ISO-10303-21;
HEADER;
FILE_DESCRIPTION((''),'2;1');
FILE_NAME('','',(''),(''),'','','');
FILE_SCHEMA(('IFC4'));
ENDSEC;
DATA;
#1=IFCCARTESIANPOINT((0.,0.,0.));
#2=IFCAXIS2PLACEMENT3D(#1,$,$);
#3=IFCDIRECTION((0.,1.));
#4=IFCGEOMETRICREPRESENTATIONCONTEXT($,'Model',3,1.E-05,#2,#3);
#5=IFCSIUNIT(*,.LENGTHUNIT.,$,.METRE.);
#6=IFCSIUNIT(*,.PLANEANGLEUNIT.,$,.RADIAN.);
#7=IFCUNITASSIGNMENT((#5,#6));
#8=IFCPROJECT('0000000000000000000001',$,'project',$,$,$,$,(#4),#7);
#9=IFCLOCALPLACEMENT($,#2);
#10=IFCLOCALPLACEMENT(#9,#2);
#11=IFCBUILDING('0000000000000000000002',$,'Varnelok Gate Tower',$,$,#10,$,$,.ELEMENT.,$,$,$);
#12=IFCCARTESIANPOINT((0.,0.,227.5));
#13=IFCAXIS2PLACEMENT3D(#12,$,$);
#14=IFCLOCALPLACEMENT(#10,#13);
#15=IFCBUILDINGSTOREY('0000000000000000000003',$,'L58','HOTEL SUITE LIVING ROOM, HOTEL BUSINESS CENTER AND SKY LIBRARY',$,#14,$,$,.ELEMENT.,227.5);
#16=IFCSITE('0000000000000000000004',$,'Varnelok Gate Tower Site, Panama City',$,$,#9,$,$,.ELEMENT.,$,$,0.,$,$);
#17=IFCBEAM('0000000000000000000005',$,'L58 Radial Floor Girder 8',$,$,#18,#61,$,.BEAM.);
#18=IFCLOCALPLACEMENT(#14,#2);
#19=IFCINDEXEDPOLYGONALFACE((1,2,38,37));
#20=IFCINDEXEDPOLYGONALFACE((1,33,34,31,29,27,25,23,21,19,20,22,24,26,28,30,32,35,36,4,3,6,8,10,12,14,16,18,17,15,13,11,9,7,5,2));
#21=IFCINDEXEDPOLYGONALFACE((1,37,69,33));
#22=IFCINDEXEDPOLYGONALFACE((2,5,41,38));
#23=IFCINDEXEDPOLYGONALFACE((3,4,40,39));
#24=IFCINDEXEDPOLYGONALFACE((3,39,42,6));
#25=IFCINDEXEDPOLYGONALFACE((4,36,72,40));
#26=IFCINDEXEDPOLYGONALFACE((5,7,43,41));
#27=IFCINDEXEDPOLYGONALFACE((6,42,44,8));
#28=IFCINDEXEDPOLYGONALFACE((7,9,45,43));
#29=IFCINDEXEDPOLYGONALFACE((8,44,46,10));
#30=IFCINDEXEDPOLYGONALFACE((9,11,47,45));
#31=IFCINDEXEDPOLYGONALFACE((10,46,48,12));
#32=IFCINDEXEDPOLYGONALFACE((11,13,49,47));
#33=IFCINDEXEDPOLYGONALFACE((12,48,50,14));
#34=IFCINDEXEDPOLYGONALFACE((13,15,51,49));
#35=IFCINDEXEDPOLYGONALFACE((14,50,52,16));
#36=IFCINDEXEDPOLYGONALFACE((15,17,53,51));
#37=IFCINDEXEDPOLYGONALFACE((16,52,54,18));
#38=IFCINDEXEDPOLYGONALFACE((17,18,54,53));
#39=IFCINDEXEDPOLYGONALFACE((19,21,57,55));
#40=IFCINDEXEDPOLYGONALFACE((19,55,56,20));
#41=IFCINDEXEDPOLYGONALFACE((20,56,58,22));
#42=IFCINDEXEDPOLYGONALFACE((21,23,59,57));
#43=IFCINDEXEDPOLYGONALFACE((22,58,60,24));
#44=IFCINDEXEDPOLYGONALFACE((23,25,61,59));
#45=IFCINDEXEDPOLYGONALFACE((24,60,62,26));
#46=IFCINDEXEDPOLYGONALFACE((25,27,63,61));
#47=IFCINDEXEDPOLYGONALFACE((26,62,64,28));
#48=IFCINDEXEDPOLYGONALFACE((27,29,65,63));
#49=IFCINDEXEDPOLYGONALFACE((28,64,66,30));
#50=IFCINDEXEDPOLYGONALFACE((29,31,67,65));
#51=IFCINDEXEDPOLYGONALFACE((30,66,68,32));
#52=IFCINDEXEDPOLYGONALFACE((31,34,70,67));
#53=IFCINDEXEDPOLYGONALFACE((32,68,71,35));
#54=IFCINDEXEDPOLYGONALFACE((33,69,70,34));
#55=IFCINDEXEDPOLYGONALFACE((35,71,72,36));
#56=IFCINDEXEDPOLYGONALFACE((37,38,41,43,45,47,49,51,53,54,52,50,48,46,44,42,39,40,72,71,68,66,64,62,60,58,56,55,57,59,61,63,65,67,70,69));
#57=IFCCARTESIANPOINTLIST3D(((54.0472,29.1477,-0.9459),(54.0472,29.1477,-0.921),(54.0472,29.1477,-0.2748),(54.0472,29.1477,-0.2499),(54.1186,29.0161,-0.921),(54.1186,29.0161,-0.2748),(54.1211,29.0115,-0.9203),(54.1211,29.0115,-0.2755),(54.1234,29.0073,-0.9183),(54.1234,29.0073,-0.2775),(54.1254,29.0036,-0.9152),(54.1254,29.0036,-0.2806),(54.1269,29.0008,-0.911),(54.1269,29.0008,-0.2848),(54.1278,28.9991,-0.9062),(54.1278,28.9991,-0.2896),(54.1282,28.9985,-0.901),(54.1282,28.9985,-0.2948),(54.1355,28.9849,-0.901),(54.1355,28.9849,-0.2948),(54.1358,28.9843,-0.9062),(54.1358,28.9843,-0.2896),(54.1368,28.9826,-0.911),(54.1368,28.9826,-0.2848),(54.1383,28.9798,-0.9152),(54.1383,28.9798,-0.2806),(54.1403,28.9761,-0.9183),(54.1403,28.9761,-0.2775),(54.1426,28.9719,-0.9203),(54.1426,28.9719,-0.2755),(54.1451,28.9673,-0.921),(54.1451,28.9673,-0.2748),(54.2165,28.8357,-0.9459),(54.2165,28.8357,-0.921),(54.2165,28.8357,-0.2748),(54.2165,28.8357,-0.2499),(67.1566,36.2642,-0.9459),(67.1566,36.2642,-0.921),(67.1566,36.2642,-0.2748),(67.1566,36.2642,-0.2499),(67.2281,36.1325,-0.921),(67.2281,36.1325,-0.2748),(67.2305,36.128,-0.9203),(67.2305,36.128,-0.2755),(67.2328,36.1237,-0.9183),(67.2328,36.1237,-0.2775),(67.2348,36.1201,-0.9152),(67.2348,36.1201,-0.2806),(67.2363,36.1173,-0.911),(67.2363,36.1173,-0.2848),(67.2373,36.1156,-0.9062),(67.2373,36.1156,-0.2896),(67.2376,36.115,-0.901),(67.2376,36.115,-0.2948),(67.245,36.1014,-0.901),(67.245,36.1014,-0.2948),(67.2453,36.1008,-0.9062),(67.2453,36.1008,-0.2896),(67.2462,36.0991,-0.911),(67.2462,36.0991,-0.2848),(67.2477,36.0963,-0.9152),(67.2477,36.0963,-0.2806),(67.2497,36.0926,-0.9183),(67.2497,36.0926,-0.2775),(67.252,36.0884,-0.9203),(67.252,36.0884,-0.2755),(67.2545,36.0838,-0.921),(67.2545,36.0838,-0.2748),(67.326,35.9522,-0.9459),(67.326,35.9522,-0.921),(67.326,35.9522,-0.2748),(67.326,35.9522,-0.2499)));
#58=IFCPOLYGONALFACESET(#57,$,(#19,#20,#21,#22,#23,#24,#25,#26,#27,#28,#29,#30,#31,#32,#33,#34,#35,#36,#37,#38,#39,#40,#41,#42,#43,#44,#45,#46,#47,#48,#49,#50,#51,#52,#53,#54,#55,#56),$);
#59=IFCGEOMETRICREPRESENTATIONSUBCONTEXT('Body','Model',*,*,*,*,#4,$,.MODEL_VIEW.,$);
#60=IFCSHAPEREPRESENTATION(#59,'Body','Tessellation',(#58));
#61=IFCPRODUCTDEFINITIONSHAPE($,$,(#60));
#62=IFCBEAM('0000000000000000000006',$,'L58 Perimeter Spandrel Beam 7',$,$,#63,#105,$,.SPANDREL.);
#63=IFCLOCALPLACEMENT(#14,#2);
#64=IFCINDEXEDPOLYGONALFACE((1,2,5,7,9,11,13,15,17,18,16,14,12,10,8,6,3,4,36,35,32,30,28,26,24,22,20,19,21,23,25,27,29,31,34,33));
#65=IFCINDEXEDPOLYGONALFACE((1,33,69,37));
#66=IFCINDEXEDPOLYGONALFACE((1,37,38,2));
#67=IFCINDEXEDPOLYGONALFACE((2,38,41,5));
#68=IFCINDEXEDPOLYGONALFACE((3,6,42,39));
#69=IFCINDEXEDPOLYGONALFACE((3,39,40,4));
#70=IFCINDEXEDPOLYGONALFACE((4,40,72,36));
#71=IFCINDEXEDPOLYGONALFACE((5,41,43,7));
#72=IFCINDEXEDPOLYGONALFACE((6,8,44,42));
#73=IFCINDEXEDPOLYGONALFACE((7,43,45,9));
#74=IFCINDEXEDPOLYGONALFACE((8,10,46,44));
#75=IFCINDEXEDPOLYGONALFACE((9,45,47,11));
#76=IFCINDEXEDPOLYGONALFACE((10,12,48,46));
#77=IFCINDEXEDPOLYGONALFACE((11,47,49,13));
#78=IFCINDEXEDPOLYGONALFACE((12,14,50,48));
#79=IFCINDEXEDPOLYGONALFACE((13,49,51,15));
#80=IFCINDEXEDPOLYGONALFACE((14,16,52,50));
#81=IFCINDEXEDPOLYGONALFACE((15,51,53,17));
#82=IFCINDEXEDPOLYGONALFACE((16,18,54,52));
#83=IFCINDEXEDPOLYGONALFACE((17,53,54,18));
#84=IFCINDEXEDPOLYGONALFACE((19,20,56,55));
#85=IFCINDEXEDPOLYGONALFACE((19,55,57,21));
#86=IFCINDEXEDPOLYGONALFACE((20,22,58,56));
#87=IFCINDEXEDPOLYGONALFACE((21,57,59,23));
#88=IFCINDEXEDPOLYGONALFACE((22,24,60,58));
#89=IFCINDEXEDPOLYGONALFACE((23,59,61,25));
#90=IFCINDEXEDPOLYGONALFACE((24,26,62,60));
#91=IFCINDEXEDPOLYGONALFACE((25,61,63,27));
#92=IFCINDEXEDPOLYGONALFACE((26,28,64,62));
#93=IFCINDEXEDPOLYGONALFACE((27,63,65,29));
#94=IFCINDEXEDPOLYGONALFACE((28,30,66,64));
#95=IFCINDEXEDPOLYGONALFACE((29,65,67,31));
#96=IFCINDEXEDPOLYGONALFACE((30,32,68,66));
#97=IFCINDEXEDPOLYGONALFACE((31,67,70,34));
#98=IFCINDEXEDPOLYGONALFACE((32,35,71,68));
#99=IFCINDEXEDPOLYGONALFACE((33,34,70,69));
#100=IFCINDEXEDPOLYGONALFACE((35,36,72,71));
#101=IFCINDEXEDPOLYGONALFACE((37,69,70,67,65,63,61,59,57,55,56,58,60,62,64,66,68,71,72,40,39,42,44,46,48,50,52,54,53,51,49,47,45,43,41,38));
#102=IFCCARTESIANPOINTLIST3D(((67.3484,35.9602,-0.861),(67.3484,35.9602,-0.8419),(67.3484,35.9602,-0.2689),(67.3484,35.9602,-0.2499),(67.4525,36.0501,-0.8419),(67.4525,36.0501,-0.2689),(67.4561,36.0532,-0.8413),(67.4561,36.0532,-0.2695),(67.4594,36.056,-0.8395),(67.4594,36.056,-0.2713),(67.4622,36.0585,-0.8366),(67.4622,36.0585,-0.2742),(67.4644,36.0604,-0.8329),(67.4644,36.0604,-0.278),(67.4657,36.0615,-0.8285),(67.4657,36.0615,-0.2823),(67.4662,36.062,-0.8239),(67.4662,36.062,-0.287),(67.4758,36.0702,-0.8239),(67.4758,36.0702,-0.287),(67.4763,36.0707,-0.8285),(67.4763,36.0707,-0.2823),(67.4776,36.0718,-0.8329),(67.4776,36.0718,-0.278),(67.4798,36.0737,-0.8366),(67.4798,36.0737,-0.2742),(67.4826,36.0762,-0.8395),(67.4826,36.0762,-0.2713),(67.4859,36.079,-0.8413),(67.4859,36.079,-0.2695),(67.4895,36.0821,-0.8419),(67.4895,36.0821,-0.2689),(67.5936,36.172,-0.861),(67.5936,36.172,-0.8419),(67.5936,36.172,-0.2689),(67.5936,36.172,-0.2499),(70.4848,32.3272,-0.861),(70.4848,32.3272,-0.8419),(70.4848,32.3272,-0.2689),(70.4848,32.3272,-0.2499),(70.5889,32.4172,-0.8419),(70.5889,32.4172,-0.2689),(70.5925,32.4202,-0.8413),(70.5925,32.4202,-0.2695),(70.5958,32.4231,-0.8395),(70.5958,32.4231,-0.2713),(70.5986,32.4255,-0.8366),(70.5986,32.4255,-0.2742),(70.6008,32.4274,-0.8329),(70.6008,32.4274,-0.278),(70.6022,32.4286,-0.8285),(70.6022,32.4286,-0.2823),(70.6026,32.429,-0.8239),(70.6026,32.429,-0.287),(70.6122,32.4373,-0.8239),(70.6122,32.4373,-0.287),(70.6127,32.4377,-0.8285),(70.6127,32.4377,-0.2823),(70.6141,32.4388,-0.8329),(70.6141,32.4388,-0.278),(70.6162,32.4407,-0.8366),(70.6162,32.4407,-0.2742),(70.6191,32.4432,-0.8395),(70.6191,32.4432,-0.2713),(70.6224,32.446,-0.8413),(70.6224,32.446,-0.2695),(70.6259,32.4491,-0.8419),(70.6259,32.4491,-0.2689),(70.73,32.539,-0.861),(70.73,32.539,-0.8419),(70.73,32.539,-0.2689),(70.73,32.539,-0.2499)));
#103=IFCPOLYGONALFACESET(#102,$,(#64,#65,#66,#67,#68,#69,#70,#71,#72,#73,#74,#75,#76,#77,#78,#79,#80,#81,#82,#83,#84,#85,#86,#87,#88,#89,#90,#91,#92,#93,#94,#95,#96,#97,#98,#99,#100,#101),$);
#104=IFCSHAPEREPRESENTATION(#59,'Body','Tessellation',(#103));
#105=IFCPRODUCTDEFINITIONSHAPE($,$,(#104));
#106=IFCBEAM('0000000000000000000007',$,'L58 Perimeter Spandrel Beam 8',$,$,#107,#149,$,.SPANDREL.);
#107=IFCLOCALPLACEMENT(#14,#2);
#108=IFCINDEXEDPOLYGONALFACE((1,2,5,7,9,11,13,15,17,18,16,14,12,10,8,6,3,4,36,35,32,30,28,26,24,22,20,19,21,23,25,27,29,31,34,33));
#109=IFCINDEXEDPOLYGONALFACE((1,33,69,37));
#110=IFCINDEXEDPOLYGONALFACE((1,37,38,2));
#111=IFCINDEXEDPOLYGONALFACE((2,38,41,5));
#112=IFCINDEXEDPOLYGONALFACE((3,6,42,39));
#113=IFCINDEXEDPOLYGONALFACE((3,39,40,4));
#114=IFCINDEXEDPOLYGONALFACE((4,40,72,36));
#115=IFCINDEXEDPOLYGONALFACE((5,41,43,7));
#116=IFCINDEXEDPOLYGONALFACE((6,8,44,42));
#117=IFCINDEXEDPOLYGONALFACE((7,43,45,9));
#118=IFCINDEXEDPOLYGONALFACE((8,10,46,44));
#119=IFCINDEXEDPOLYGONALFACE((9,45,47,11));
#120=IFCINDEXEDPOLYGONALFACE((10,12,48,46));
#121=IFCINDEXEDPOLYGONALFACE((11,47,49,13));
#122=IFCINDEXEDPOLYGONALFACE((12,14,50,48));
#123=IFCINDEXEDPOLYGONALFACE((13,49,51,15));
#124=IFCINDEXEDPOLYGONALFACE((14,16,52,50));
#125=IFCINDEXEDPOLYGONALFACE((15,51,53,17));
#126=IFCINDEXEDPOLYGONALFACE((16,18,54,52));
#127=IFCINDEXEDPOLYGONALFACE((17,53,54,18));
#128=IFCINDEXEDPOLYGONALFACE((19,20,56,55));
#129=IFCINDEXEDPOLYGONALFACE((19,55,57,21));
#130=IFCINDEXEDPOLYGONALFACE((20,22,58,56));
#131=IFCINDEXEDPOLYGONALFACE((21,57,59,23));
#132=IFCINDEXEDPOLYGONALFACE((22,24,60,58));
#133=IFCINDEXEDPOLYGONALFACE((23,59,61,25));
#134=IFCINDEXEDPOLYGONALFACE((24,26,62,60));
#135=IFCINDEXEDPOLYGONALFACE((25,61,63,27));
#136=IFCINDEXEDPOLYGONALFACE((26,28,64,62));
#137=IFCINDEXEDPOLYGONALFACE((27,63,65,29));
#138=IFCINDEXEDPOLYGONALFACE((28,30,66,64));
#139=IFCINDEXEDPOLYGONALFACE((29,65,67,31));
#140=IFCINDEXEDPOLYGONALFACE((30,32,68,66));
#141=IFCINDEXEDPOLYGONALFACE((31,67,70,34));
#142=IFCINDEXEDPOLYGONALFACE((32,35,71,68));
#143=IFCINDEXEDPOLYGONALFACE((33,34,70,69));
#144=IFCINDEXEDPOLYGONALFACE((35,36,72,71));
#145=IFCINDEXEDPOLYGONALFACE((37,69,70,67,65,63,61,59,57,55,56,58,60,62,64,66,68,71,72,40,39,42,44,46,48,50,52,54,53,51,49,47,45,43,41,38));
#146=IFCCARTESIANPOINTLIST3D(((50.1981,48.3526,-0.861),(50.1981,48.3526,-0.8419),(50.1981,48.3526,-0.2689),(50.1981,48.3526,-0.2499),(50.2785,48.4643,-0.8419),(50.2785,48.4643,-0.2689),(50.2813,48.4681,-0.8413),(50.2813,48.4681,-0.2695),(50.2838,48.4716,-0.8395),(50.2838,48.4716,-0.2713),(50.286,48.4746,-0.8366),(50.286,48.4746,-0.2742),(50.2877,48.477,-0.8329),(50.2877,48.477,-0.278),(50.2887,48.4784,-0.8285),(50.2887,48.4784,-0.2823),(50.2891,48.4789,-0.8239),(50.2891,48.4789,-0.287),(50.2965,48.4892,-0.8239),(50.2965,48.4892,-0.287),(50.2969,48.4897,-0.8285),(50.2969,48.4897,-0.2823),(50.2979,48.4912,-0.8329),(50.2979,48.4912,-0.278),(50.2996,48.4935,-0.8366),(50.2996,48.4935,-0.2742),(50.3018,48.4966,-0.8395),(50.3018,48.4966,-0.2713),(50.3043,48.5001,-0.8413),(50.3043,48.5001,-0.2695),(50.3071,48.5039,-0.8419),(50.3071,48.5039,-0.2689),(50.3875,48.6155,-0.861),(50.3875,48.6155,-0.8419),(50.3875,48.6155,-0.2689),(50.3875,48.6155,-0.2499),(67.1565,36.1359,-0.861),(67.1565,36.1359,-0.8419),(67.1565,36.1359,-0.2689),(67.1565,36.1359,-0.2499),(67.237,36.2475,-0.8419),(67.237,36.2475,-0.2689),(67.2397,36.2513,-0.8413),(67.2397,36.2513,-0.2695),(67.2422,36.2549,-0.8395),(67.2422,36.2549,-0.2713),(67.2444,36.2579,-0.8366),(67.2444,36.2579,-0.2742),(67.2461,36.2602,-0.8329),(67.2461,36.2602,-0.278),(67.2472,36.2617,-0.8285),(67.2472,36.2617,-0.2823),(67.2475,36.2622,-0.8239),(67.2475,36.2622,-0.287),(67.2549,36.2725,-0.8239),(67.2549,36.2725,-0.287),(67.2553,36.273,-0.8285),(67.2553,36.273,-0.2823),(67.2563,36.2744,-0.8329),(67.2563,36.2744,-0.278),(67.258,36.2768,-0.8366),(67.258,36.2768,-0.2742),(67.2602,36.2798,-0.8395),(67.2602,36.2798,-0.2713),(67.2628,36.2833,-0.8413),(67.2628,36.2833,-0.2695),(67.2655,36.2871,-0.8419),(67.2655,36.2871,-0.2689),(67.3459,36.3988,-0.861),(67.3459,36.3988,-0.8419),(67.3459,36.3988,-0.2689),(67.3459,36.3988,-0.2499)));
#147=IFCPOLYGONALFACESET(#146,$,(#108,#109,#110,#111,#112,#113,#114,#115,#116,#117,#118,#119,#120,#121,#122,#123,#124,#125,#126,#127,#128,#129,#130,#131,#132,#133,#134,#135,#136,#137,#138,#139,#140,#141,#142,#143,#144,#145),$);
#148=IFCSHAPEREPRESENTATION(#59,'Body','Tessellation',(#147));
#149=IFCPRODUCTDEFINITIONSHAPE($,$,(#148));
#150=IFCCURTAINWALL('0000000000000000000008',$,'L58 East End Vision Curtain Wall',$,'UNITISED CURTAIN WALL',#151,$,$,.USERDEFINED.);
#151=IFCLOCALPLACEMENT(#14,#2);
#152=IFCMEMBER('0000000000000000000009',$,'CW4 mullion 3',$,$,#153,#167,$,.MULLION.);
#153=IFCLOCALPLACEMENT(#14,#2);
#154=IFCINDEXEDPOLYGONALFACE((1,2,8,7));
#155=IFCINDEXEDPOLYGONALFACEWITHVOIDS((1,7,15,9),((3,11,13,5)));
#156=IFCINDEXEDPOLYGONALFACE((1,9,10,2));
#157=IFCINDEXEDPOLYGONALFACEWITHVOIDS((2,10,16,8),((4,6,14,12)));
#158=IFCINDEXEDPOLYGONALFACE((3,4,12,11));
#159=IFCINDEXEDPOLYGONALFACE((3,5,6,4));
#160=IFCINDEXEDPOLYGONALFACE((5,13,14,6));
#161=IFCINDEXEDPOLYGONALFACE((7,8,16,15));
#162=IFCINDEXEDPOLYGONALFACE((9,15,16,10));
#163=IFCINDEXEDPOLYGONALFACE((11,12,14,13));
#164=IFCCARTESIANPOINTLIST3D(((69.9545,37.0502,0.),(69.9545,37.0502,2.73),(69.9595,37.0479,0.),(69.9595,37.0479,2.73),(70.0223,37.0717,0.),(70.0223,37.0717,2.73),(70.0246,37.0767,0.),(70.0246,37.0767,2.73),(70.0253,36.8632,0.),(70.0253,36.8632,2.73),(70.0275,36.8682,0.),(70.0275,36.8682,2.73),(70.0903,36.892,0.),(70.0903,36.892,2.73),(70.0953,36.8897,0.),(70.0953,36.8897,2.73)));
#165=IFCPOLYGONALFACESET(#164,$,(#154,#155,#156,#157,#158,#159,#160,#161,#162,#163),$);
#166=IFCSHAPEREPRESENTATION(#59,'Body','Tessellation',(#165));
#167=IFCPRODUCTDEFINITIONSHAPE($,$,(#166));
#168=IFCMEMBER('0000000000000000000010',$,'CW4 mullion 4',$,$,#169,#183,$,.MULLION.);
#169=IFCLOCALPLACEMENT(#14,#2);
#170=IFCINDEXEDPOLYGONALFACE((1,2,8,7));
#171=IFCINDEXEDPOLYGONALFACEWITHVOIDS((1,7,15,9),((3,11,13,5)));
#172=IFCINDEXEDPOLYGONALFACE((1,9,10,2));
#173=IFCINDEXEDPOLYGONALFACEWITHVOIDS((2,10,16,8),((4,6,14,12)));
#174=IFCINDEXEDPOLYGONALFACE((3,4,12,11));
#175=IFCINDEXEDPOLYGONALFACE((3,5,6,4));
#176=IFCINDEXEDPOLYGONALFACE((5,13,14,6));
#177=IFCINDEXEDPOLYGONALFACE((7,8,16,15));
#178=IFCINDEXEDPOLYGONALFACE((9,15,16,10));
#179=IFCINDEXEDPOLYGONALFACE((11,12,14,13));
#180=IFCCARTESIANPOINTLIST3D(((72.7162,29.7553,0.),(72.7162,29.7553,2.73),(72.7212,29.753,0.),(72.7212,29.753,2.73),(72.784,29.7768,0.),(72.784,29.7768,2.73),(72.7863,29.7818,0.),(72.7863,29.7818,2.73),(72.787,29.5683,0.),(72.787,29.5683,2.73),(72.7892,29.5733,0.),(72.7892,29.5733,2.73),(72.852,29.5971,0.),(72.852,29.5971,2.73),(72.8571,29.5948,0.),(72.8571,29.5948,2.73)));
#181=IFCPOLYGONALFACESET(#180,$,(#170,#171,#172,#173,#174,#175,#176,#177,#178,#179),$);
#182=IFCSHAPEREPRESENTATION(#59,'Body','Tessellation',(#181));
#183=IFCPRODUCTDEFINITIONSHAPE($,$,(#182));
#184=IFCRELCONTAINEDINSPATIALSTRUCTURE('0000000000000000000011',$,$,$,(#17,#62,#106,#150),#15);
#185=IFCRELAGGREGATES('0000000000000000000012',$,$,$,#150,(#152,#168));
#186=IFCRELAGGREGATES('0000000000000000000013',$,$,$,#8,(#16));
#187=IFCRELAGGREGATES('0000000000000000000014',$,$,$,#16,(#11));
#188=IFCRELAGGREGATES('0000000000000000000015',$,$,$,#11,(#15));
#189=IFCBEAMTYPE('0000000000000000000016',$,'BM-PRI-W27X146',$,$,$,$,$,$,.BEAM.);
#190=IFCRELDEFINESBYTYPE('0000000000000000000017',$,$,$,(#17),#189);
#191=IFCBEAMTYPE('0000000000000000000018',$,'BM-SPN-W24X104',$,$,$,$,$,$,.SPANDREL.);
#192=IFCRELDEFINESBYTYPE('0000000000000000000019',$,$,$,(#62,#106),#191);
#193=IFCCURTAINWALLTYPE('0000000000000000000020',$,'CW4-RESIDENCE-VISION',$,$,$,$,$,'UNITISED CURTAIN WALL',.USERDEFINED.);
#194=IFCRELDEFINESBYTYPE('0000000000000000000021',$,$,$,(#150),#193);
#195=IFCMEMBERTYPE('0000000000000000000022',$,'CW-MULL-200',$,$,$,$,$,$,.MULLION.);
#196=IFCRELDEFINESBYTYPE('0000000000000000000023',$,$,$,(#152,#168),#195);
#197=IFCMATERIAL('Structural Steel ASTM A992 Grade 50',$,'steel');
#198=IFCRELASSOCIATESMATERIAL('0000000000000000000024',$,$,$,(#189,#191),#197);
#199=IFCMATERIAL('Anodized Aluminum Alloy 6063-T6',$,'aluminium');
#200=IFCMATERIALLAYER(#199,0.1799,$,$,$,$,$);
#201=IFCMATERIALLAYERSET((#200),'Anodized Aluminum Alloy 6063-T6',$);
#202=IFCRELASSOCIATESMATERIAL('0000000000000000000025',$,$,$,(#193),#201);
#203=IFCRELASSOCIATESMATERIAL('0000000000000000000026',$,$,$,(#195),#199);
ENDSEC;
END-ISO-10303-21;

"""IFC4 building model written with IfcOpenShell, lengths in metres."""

from ifc_helpers import new_model, si_unit, direction, frame, origin, origin_2d, place, context, subcontext, project, spatial, hollow_rectangle, i_section, extrude, material, layer, layer_set, material_profile, profile_set, type_object, element, aggregate, save


model = new_model("IFC4")

# Units and contexts
model_context = context("Model", 3, precision=1e-05, world=origin(), true_north=direction((0.0, 1.0)))
body_context = subcontext(model_context, "Body", "Model", "MODEL_VIEW")
ifc_project = project(units=[si_unit("LENGTHUNIT", "METRE"), si_unit("PLANEANGLEUNIT", "RADIAN")], contexts=[model_context])

# Site, building, storey
site_placement = place(None, origin())
site = spatial("IfcSite", under=ifc_project, at=site_placement, Name="Varnelok Gate Tower Site, Panama City", CompositionType="ELEMENT", RefElevation=0.0)
building_placement = place(site_placement, origin())
building = spatial("IfcBuilding", under=site, at=building_placement, Name="Varnelok Gate Tower", CompositionType="ELEMENT")
storey_placement = place(building_placement, frame((0.0, 0.0, 227.5)))
storey = spatial("IfcBuildingStorey", under=building, at=storey_placement, Name="L58", Description="HOTEL SUITE LIVING ROOM, HOTEL BUSINESS CENTER AND SKY LIBRARY", CompositionType="ELEMENT", Elevation=227.5)

# Shared definitions
ifc_material_1 = material(Name="Structural Steel ASTM A992 Grade 50", Category="steel")

# Beams
ifc_material_profile_1 = material_profile(ifc_material_1, i_section(OverallWidth=0.355, OverallDepth=0.696, WebThickness=0.0154, FlangeThickness=0.0249, FilletRadius=0.02, at=origin_2d()), Name="W27X146")
ifc_profile_set_1 = profile_set([ifc_material_profile_1], Name="Structural Steel ASTM A992 Grade 50")
beam_type_1 = type_object("IfcBeamType", Name="BM-PRI-W27X146", PredefinedType="BEAM", material=ifc_profile_set_1)
beam_1_placement = place(storey_placement, frame((54.1318, 28.9917, -0.5979), z_axis=(0.878855, 0.477089, 0.0), x_axis=(-0.477089, 0.878855, 0.0)))
element("IfcBeam", 1, at=beam_1_placement, inside=storey, type_object=beam_type_1, Name="L58 Radial Floor Girder 8", PredefinedType="BEAM", context=body_context, shape_type="SweptSolid", body=[
    extrude(i_section(OverallWidth=0.355, OverallDepth=0.696, WebThickness=0.0154, FlangeThickness=0.0249, FilletRadius=0.02, at=origin_2d()), origin(), (0.0, 0.0, 1.0), 14.9165),
])
ifc_material_profile_2 = material_profile(ifc_material_1, i_section(OverallWidth=0.324, OverallDepth=0.6111, WebThickness=0.0127, FlangeThickness=0.019, FilletRadius=0.0181, at=origin_2d()), Name="W24X104")
ifc_profile_set_2 = profile_set([ifc_material_profile_2], Name="Structural Steel ASTM A992 Grade 50")
beam_type_2 = type_object("IfcBeamType", Name="BM-SPN-W24X104", PredefinedType="SPANDREL", material=ifc_profile_set_2)
beam_2_placement = place(storey_placement, frame((70.6074, 32.4331, -0.5554), z_axis=(-0.653481, 0.756943, 0.0), x_axis=(-0.756943, -0.653481, 0.0)))
element("IfcBeam", 2, at=beam_2_placement, inside=storey, type_object=beam_type_2, Name="L58 Perimeter Spandrel Beam 7", PredefinedType="SPANDREL", context=body_context, shape_type="SweptSolid", body=[
    extrude(i_section(OverallWidth=0.324, OverallDepth=0.6111, WebThickness=0.0127, FlangeThickness=0.019, FilletRadius=0.0181, at=origin_2d()), origin(), (0.0, 0.0, 1.0), 4.7996),
])
beam_3_placement = place(storey_placement, frame((67.2512, 36.2673, -0.5554), z_axis=(-0.811383, 0.584515, 0.0), x_axis=(-0.584515, -0.811383, 0.0)))
element("IfcBeam", 3, at=beam_3_placement, inside=storey, type_object=beam_type_2, Name="L58 Perimeter Spandrel Beam 8", PredefinedType="SPANDREL", context=body_context, shape_type="SweptSolid", body=[
    extrude(i_section(OverallWidth=0.324, OverallDepth=0.6111, WebThickness=0.0127, FlangeThickness=0.019, FilletRadius=0.0181, at=origin_2d()), origin(), (0.0, 0.0, 1.0), 20.9006),
])

# Curtain wall, members
ifc_material_2 = material(Name="Anodized Aluminum Alloy 6063-T6", Category="aluminium")
ifc_layer_1 = layer(ifc_material_2, 0.1799)
ifc_layer_set_1 = layer_set([ifc_layer_1], Name="Anodized Aluminum Alloy 6063-T6")
curtain_wall_type = type_object("IfcCurtainWallType", Name="CW4-RESIDENCE-VISION", ElementType="UNITISED CURTAIN WALL", PredefinedType="USERDEFINED", material=ifc_layer_set_1)
curtain_wall_placement = place(storey_placement, origin())
curtain_wall = element("IfcCurtainWall", 4, at=curtain_wall_placement, inside=storey, type_object=curtain_wall_type, Name="L58 East End Vision Curtain Wall", ObjectType="UNITISED CURTAIN WALL", PredefinedType="USERDEFINED")
ifc_material_profile_3 = material_profile(ifc_material_2, hollow_rectangle(XDim=0.075, YDim=0.2, WallThickness=0.0039, at=origin_2d()), Name="ALU200X75X4")
ifc_profile_set_3 = profile_set([ifc_material_profile_3], Name="Anodized Aluminum Alloy 6063-T6")
member_type_1 = type_object("IfcMemberType", Name="CW-MULL-200", PredefinedType="MULLION", material=ifc_profile_set_3)
member_1_placement = place(storey_placement, frame((70.0249, 36.97, 0.0), z_axis=(0.0, 0.0, 1.0), x_axis=(0.935222, 0.354063, 0.0)))
member_1 = element("IfcMember", 5, at=member_1_placement, type_object=member_type_1, Name="CW4 mullion 3", PredefinedType="MULLION", context=body_context, shape_type="SweptSolid", body=[
    extrude(hollow_rectangle(XDim=0.075, YDim=0.2, WallThickness=0.0039, at=origin_2d()), origin(), (0.0, 0.0, 1.0), 2.73),
])
member_2_placement = place(storey_placement, frame((72.7866, 29.675, 0.0), z_axis=(0.0, 0.0, 1.0), x_axis=(0.935222, 0.354063, 0.0)))
member_2 = element("IfcMember", 6, at=member_2_placement, type_object=member_type_1, Name="CW4 mullion 4", PredefinedType="MULLION", context=body_context, shape_type="SweptSolid", body=[
    extrude(hollow_rectangle(XDim=0.075, YDim=0.2, WallThickness=0.0039, at=origin_2d()), origin(), (0.0, 0.0, 1.0), 2.73),
])
aggregate(curtain_wall, [member_1, member_2])

save(model, "model.ifc")
